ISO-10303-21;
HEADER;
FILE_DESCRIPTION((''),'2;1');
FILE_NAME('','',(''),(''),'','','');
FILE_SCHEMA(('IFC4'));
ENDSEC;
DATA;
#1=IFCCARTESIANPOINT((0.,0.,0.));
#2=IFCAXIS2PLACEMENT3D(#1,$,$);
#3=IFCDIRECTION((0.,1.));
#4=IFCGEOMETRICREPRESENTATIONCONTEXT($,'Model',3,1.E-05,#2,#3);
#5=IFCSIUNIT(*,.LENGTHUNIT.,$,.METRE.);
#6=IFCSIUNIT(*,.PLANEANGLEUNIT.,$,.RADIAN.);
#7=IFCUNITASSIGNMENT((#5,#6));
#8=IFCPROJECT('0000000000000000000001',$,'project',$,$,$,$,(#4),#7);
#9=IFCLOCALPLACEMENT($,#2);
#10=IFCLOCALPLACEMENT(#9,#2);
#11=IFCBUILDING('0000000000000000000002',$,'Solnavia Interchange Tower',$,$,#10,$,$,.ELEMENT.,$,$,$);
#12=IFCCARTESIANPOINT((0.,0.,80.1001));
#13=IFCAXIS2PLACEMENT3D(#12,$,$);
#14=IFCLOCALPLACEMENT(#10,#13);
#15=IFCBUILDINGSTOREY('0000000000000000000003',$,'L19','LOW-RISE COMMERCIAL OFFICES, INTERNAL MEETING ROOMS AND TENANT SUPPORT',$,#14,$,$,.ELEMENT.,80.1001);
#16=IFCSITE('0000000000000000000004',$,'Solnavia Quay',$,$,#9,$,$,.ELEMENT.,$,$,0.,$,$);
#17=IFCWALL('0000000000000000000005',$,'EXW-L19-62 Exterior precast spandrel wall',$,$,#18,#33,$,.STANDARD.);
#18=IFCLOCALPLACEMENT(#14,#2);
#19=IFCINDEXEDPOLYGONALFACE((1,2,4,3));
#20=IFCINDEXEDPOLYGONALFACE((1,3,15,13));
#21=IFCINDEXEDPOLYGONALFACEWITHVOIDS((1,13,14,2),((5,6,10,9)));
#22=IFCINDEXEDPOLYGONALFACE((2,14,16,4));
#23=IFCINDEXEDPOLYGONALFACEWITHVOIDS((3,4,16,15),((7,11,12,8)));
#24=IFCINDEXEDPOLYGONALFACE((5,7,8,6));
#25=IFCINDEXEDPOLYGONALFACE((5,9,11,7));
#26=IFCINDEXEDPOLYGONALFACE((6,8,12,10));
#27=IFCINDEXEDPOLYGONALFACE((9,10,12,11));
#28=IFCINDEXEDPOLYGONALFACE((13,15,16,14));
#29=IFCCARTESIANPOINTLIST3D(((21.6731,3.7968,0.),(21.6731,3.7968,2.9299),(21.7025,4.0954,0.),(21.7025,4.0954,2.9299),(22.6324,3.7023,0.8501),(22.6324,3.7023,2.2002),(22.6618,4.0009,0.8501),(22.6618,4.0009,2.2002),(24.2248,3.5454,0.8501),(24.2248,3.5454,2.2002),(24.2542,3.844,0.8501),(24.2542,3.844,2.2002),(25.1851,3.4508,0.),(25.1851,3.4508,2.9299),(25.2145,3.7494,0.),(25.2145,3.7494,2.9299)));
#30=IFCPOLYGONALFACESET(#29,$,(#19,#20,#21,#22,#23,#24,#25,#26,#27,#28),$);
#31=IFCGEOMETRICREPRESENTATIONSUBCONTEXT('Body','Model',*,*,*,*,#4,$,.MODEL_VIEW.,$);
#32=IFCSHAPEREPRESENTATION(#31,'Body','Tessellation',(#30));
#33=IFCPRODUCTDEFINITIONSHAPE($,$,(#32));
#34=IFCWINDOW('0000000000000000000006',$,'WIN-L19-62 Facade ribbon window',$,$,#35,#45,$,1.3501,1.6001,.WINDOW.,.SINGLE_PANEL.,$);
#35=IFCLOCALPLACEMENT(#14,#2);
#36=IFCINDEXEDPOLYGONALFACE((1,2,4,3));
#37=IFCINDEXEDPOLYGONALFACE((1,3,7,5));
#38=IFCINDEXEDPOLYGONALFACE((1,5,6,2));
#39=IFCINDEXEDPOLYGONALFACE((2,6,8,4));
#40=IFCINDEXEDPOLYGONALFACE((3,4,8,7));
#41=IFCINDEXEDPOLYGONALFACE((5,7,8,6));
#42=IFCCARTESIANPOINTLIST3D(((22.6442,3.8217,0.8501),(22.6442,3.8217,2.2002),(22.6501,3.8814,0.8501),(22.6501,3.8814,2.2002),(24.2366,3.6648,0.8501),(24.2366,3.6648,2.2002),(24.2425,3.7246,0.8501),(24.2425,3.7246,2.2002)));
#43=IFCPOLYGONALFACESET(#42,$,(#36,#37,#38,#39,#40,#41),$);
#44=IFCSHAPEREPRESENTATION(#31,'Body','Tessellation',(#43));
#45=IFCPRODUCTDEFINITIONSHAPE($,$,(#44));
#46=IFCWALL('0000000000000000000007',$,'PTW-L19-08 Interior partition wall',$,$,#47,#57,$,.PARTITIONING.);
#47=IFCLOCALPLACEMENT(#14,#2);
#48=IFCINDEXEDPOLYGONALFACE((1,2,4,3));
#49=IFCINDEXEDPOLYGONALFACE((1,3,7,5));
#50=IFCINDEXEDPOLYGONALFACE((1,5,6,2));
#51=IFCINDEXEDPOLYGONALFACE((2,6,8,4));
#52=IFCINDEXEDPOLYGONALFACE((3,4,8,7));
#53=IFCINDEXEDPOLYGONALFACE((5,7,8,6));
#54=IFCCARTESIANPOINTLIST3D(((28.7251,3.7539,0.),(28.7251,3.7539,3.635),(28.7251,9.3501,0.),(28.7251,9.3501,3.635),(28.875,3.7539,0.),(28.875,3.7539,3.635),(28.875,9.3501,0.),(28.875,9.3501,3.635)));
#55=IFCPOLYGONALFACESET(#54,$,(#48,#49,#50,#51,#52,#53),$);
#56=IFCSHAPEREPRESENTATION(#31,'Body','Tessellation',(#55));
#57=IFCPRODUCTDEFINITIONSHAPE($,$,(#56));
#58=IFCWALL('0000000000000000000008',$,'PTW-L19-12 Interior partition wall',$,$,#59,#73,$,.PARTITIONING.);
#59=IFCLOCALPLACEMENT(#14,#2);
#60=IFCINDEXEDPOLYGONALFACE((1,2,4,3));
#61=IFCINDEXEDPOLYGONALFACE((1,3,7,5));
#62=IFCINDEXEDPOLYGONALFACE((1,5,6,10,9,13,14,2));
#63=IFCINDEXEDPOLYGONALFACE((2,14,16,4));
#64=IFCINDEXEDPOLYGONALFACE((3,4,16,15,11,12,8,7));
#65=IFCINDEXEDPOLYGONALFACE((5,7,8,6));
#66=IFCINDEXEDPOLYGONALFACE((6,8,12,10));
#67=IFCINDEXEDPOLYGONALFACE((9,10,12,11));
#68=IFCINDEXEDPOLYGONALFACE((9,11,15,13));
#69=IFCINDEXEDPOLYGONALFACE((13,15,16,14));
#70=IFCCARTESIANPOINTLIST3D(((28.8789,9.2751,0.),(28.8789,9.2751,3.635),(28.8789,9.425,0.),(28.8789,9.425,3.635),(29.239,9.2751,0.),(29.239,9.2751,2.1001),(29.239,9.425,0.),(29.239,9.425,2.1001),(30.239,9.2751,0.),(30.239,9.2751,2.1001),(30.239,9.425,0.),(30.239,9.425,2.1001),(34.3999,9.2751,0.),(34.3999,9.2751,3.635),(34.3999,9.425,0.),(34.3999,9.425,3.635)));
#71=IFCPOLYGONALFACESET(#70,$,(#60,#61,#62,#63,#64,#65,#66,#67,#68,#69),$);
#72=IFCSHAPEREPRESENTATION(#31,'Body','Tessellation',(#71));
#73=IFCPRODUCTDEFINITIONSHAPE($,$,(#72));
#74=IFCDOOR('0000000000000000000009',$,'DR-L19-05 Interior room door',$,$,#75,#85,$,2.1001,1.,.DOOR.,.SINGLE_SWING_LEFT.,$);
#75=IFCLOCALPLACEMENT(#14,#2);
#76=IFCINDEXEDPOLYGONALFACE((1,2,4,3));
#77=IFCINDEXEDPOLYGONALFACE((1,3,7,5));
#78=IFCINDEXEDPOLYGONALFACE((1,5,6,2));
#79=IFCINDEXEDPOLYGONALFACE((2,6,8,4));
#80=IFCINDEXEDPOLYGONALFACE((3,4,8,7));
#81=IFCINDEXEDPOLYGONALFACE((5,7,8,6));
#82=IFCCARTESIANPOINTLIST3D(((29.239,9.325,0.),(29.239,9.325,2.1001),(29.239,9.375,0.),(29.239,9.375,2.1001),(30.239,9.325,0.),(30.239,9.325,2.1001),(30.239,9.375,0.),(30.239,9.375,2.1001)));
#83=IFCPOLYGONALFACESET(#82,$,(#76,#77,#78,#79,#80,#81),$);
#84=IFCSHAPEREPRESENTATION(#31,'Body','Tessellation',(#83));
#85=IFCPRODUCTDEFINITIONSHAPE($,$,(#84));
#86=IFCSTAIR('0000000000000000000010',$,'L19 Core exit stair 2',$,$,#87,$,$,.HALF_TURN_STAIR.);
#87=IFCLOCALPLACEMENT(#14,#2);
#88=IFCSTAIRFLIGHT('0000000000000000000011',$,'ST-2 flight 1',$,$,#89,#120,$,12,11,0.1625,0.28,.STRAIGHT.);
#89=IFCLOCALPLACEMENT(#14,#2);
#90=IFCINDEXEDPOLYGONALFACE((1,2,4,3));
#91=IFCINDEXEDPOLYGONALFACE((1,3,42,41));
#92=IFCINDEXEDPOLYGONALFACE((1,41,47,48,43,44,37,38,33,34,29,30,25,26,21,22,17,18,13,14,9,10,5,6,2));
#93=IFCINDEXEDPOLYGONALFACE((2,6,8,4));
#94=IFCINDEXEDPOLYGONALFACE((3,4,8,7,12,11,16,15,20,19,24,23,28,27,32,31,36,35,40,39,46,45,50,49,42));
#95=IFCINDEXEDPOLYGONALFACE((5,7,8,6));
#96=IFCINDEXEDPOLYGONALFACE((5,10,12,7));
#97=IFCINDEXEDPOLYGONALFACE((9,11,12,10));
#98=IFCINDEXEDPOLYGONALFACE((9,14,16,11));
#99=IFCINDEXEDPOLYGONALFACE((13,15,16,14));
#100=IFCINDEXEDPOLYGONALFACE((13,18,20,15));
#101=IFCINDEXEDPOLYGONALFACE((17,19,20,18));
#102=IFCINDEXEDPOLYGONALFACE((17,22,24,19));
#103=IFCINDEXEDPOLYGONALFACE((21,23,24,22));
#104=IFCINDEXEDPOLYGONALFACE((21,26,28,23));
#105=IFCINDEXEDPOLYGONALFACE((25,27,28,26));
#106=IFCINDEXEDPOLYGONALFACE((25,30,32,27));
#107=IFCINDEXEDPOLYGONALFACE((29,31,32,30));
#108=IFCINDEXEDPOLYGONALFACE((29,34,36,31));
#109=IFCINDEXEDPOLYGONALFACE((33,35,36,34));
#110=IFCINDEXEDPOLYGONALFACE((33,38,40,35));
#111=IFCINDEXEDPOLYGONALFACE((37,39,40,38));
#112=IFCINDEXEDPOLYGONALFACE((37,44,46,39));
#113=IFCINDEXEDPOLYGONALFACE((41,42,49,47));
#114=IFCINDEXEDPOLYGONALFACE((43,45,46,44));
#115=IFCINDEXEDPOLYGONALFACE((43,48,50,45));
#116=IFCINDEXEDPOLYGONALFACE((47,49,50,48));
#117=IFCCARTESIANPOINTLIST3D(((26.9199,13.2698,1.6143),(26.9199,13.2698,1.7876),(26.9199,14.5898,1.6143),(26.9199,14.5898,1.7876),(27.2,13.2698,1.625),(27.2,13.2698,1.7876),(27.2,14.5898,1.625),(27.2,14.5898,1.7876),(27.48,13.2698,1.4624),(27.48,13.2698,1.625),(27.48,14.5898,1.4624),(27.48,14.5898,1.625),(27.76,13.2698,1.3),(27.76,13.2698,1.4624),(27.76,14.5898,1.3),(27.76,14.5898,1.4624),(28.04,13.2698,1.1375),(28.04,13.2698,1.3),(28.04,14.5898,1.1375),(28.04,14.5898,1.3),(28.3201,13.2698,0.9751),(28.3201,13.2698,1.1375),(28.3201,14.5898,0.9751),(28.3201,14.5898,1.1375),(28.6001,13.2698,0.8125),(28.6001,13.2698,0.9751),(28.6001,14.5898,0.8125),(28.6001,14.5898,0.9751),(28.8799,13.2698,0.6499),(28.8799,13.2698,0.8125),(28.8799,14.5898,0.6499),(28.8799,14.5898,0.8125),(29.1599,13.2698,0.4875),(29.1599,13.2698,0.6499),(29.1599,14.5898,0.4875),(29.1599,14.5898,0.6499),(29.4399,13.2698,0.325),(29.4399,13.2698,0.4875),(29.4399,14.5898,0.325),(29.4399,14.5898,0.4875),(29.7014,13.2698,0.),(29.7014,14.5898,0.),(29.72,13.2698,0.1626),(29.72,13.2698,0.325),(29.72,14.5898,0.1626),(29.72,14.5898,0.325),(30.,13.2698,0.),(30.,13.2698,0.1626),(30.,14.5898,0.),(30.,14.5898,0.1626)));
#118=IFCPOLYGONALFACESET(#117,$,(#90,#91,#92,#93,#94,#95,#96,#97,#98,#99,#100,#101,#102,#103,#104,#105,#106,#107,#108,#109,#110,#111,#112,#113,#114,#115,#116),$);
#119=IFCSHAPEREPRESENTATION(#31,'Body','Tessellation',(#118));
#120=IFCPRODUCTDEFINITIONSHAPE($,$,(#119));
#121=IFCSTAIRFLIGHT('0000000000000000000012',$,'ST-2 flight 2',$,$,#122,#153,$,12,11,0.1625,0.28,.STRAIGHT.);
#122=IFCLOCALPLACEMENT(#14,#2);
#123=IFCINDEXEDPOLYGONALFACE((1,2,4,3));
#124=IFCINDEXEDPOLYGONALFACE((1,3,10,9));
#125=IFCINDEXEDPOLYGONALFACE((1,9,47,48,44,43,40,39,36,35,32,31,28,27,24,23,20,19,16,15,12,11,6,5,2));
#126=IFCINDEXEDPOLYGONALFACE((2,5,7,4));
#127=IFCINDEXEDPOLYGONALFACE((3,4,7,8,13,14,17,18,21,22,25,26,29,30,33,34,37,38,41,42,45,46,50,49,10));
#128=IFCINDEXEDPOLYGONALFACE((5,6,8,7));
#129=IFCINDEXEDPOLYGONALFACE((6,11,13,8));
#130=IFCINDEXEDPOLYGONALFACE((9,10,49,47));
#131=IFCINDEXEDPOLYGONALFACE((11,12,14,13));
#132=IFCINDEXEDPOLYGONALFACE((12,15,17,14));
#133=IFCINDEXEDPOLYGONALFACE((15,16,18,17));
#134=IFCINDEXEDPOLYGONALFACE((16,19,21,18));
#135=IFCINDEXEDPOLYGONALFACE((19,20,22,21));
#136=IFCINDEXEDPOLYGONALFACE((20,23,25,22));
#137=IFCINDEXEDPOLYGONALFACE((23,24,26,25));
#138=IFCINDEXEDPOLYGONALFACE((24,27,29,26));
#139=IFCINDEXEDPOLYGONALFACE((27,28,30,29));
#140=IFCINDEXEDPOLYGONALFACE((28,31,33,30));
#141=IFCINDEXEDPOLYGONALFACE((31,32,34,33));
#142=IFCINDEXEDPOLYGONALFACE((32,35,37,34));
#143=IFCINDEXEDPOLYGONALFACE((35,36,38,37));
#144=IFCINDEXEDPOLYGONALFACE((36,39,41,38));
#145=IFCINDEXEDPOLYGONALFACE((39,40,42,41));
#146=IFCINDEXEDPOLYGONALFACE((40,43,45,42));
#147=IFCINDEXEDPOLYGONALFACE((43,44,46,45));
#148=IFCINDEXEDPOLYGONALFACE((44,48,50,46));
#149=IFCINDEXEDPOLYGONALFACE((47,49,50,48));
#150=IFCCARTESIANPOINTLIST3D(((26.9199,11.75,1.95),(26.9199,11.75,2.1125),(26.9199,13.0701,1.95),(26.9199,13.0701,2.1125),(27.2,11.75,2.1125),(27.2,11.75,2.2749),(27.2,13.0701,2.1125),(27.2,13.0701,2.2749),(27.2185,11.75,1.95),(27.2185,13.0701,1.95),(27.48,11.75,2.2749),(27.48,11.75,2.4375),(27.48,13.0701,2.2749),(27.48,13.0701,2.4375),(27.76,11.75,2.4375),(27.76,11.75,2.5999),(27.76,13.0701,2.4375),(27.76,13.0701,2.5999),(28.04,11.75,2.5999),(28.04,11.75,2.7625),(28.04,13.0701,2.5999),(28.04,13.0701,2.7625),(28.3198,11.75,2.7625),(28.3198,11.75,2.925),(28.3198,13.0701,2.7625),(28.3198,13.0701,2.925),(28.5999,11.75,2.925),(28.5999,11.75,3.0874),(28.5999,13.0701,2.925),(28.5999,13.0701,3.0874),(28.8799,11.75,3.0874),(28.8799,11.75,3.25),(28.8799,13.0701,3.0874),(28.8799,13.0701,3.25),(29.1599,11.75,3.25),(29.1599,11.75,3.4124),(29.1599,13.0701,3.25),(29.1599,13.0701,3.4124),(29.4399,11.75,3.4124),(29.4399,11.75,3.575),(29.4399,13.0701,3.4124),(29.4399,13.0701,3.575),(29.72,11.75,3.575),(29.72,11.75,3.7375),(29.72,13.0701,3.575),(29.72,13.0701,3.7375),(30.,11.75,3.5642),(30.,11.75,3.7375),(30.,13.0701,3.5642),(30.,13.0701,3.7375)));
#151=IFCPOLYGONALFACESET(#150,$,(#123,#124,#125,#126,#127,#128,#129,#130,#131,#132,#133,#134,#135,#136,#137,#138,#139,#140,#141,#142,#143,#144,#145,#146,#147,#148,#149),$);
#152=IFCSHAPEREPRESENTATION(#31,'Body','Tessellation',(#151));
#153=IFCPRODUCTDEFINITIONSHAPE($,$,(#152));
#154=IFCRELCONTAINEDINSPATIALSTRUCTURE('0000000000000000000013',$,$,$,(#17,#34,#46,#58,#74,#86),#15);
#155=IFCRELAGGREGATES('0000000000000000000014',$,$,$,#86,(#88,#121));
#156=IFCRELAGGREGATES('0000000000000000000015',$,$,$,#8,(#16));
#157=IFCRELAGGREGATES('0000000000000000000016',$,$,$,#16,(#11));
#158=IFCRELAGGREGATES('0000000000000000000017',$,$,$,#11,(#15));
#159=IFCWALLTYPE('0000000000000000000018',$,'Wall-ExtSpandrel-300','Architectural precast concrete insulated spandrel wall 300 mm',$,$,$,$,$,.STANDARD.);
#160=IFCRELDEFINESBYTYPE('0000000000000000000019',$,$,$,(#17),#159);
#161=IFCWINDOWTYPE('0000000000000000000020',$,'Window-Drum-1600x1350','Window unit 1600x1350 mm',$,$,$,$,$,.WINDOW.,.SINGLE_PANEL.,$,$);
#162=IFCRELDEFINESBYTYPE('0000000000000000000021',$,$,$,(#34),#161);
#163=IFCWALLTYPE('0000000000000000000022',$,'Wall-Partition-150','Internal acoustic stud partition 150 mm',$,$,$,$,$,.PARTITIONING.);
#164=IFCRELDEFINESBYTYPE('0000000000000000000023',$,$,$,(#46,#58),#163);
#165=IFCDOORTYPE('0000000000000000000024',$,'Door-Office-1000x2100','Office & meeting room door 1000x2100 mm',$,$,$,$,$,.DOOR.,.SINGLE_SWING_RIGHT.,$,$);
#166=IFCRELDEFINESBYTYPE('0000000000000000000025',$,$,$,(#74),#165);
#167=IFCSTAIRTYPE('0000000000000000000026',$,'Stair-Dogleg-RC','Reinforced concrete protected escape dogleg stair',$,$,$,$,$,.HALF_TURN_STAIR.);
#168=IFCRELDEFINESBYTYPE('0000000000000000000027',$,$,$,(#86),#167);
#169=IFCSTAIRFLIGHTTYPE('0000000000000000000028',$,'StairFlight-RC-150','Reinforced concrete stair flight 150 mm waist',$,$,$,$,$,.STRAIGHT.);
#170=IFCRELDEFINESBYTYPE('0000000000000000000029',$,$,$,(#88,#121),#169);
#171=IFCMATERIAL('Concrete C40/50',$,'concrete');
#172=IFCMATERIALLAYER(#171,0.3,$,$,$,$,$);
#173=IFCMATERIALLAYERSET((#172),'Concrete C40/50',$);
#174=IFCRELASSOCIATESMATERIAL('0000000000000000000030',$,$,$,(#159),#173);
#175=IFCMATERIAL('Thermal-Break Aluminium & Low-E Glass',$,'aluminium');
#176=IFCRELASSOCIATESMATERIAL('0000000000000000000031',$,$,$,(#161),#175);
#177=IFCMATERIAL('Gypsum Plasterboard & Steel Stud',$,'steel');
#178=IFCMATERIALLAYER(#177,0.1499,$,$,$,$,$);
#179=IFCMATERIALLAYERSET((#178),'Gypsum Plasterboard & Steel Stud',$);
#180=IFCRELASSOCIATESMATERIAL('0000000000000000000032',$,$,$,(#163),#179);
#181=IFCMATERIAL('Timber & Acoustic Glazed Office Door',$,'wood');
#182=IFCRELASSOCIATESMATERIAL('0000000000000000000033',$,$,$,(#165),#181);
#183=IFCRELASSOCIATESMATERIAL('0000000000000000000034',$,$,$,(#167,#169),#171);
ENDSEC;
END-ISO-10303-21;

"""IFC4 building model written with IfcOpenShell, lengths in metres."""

from ifc_helpers import new_model, si_unit, direction, frame, frame_2d, origin, place, context, subcontext, project, spatial, polyline, rectangle, outline, extrude, material, layer, layer_set, type_object, element, fill, aggregate, save


model = new_model("IFC4")

# Units and contexts
model_context = context("Model", 3, precision=1e-05, world=origin(), true_north=direction((0.0, 1.0)))
body_context = subcontext(model_context, "Body", "Model", "MODEL_VIEW")
ifc_project = project(units=[si_unit("LENGTHUNIT", "METRE"), si_unit("PLANEANGLEUNIT", "RADIAN")], contexts=[model_context])

# Site, building, storey
site_placement = place(None, origin())
site = spatial("IfcSite", under=ifc_project, at=site_placement, Name="Solnavia Quay", CompositionType="ELEMENT", RefElevation=0.0)
building_placement = place(site_placement, origin())
building = spatial("IfcBuilding", under=site, at=building_placement, Name="Solnavia Interchange Tower", CompositionType="ELEMENT")
storey_placement = place(building_placement, frame((0.0, 0.0, 80.1001)))
storey = spatial("IfcBuildingStorey", under=building, at=storey_placement, Name="L19", Description="LOW-RISE COMMERCIAL OFFICES, INTERNAL MEETING ROOMS AND TENANT SUPPORT", CompositionType="ELEMENT", Elevation=80.1001)

# Shared definitions
ifc_material_1 = material(Name="Concrete C40/50", Category="concrete")
ifc_layer_1 = layer(ifc_material_1, 0.3)
ifc_layer_set_1 = layer_set([ifc_layer_1], Name="Concrete C40/50")
wall_type_1 = type_object("IfcWallType", Name="Wall-ExtSpandrel-300", Description="Architectural precast concrete insulated spandrel wall 300 mm", PredefinedType="STANDARD", material=ifc_layer_set_1)
ifc_material_2 = material(Name="Thermal-Break Aluminium & Low-E Glass", Category="aluminium")

# Wall, opening, window
wall_1_placement = place(storey_placement, frame((25.2, 3.6001, 0.0), z_axis=(0.0, 0.0, 1.0), x_axis=(-0.995183, 0.098031, 0.0)))
wall_1 = element("IfcWall", 1, at=wall_1_placement, inside=storey, type_object=wall_type_1, Name="EXW-L19-62 Exterior precast spandrel wall", PredefinedType="STANDARD", context=body_context, shape_type="SweptSolid", body=[
    extrude(rectangle(XDim=3.5291, YDim=0.3, at=frame_2d((1.7646, 0.0))), origin(), (0.0, 0.0, 1.0), 2.9299),
])
opening_1_placement = place(wall_1_placement, frame((0.9651, 0.0, 0.8501)))
opening_1 = element("IfcOpeningElement", 2, at=opening_1_placement, cuts=wall_1, PredefinedType="OPENING", context=body_context, shape_type="SweptSolid", body=[
    extrude(rectangle(XDim=1.6001, YDim=1.3501, at=frame_2d((0.8, 0.675))), frame((0.0, 0.1602, 0.0), z_axis=(0.0, -1.0, 0.0), x_axis=(1.0, 0.0, 0.0)), (0.0, 0.0, 1.0), 0.3201),
])
window_type_1 = type_object("IfcWindowType", Name="Window-Drum-1600x1350", Description="Window unit 1600x1350 mm", PartitioningType="SINGLE_PANEL", PredefinedType="WINDOW", material=ifc_material_2)
window_1_placement = place(opening_1_placement, origin())
window_1 = element("IfcWindow", 3, at=window_1_placement, inside=storey, type_object=window_type_1, Name="WIN-L19-62 Facade ribbon window", OverallHeight=1.3501, OverallWidth=1.6001, PartitioningType="SINGLE_PANEL", PredefinedType="WINDOW", context=body_context, shape_type="SweptSolid", body=[
    extrude(rectangle(XDim=1.6001, YDim=1.3501, at=frame_2d((0.8, 0.675))), frame((0.0, 0.03, 0.0), z_axis=(0.0, -1.0, 0.0), x_axis=(1.0, 0.0, 0.0)), (0.0, 0.0, 1.0), 0.0601),
])
fill(opening_1, window_1)

# Wall
ifc_material_3 = material(Name="Gypsum Plasterboard & Steel Stud", Category="steel")
ifc_layer_2 = layer(ifc_material_3, 0.1499)
ifc_layer_set_2 = layer_set([ifc_layer_2], Name="Gypsum Plasterboard & Steel Stud")
wall_type_2 = type_object("IfcWallType", Name="Wall-Partition-150", Description="Internal acoustic stud partition 150 mm", PredefinedType="PARTITIONING", material=ifc_layer_set_2)
wall_2_placement = place(storey_placement, frame((28.8, 9.3501, 0.0), z_axis=(0.0, 0.0, 1.0), x_axis=(0.0, -1.0, 0.0)))
element("IfcWall", 4, at=wall_2_placement, inside=storey, type_object=wall_type_2, Name="PTW-L19-08 Interior partition wall", PredefinedType="PARTITIONING", context=body_context, shape_type="SweptSolid", body=[
    extrude(rectangle(XDim=5.5962, YDim=0.1499, at=frame_2d((2.7981, 0.0))), origin(), (0.0, 0.0, 1.0), 3.635),
])

# Wall, opening, door
wall_3_placement = place(storey_placement, frame((28.8789, 9.3501, 0.0), z_axis=(0.0, 0.0, 1.0), x_axis=(1.0, 0.0, 0.0)))
wall_3 = element("IfcWall", 5, at=wall_3_placement, inside=storey, type_object=wall_type_2, Name="PTW-L19-12 Interior partition wall", PredefinedType="PARTITIONING", context=body_context, shape_type="SweptSolid", body=[
    extrude(rectangle(XDim=5.521, YDim=0.1499, at=frame_2d((2.7605, 0.0))), origin(), (0.0, 0.0, 1.0), 3.635),
])
opening_2_placement = place(wall_3_placement, frame((0.3601, 0.0, 0.0)))
opening_2 = element("IfcOpeningElement", 6, at=opening_2_placement, cuts=wall_3, PredefinedType="OPENING", context=body_context, shape_type="SweptSolid", body=[
    extrude(rectangle(XDim=1.0, YDim=2.1001, at=frame_2d((0.5, 1.05))), frame((0.0, 0.085, 0.0), z_axis=(0.0, -1.0, 0.0), x_axis=(1.0, 0.0, 0.0)), (0.0, 0.0, 1.0), 0.1699),
])
ifc_material_4 = material(Name="Timber & Acoustic Glazed Office Door", Category="wood")
door_type = type_object("IfcDoorType", Name="Door-Office-1000x2100", Description="Office & meeting room door 1000x2100 mm", OperationType="SINGLE_SWING_RIGHT", PredefinedType="DOOR", material=ifc_material_4)
door_placement = place(opening_2_placement, origin())
door = element("IfcDoor", 7, at=door_placement, inside=storey, type_object=door_type, Name="DR-L19-05 Interior room door", OperationType="SINGLE_SWING_LEFT", OverallHeight=2.1001, OverallWidth=1.0, PredefinedType="DOOR", context=body_context, shape_type="SweptSolid", body=[
    extrude(rectangle(XDim=1.0, YDim=2.1001, at=frame_2d((0.5, 1.05))), frame((0.0, 0.0249, 0.0), z_axis=(0.0, -1.0, 0.0), x_axis=(1.0, 0.0, 0.0)), (0.0, 0.0, 1.0), 0.05),
])
fill(opening_2, door)

# Stair, stair flights
stair_type = type_object("IfcStairType", Name="Stair-Dogleg-RC", Description="Reinforced concrete protected escape dogleg stair", PredefinedType="HALF_TURN_STAIR", material=ifc_material_1)
stair_placement = place(storey_placement, origin())
stair = element("IfcStair", 8, at=stair_placement, inside=storey, type_object=stair_type, Name="L19 Core exit stair 2", PredefinedType="HALF_TURN_STAIR")
stair_flight_type = type_object("IfcStairFlightType", Name="StairFlight-RC-150", Description="Reinforced concrete stair flight 150 mm waist", PredefinedType="STRAIGHT", material=ifc_material_1)
stair_flight_1_placement = place(storey_placement, frame((30.0, 13.9299, 0.0), z_axis=(0.0, 0.0, 1.0), x_axis=(-1.0, 0.0, 0.0)))
stair_flight_1 = element("IfcStairFlight", 9, at=stair_flight_1_placement, type_object=stair_flight_type, Name="ST-2 flight 1", NumberOfRisers=12, NumberOfTreads=11, PredefinedType="STRAIGHT", RiserHeight=0.1625, TreadLength=0.28, context=body_context, shape_type="SweptSolid", body=[
    extrude(outline(polyline([(0.0, 0.0), (0.0, 0.1626), (0.28, 0.1626), (0.28, 0.325), (0.5601, 0.325), (0.5601, 0.4875), (0.8401, 0.4875), (0.8401, 0.6499), (1.1201, 0.6499), (1.1201, 0.8125), (1.3999, 0.8125), (1.3999, 0.9751), (1.6799, 0.9751), (1.6799, 1.1375), (1.96, 1.1375), (1.96, 1.3), (2.24, 1.3), (2.24, 1.4624), (2.52, 1.4624), (2.52, 1.625), (2.8, 1.625), (2.8, 1.7876), (3.0801, 1.7876), (3.0801, 1.95), (3.0801, 1.6143), (0.2986, 0.0), (0.0, 0.0)])), frame((0.0, 0.6602, 0.0), z_axis=(0.0, -1.0, 0.0), x_axis=(1.0, 0.0, 0.0)), (0.0, 0.0, 1.0), 1.3201),
])
stair_flight_2_placement = place(storey_placement, frame((26.9199, 12.4099, 1.95), z_axis=(0.0, 0.0, 1.0), x_axis=(1.0, 0.0, 0.0)))
stair_flight_2 = element("IfcStairFlight", 10, at=stair_flight_2_placement, type_object=stair_flight_type, Name="ST-2 flight 2", NumberOfRisers=12, NumberOfTreads=11, PredefinedType="STRAIGHT", RiserHeight=0.1625, TreadLength=0.28, context=body_context, shape_type="SweptSolid", body=[
    extrude(outline(polyline([(0.0, 0.0), (0.0, 0.1626), (0.28, 0.1626), (0.28, 0.325), (0.5601, 0.325), (0.5601, 0.4875), (0.8401, 0.4875), (0.8401, 0.6499), (1.1201, 0.6499), (1.1201, 0.8125), (1.3999, 0.8125), (1.3999, 0.9751), (1.6799, 0.9751), (1.6799, 1.1375), (1.96, 1.1375), (1.96, 1.3), (2.24, 1.3), (2.24, 1.4624), (2.52, 1.4624), (2.52, 1.625), (2.8, 1.625), (2.8, 1.7876), (3.0801, 1.7876), (3.0801, 1.95), (3.0801, 1.6143), (0.2986, 0.0), (0.0, 0.0)])), frame((0.0, 0.6602, 0.0), z_axis=(0.0, -1.0, 0.0), x_axis=(1.0, 0.0, 0.0)), (0.0, 0.0, 1.0), 1.3201),
])
aggregate(stair, [stair_flight_1, stair_flight_2])

save(model, "model.ifc")
